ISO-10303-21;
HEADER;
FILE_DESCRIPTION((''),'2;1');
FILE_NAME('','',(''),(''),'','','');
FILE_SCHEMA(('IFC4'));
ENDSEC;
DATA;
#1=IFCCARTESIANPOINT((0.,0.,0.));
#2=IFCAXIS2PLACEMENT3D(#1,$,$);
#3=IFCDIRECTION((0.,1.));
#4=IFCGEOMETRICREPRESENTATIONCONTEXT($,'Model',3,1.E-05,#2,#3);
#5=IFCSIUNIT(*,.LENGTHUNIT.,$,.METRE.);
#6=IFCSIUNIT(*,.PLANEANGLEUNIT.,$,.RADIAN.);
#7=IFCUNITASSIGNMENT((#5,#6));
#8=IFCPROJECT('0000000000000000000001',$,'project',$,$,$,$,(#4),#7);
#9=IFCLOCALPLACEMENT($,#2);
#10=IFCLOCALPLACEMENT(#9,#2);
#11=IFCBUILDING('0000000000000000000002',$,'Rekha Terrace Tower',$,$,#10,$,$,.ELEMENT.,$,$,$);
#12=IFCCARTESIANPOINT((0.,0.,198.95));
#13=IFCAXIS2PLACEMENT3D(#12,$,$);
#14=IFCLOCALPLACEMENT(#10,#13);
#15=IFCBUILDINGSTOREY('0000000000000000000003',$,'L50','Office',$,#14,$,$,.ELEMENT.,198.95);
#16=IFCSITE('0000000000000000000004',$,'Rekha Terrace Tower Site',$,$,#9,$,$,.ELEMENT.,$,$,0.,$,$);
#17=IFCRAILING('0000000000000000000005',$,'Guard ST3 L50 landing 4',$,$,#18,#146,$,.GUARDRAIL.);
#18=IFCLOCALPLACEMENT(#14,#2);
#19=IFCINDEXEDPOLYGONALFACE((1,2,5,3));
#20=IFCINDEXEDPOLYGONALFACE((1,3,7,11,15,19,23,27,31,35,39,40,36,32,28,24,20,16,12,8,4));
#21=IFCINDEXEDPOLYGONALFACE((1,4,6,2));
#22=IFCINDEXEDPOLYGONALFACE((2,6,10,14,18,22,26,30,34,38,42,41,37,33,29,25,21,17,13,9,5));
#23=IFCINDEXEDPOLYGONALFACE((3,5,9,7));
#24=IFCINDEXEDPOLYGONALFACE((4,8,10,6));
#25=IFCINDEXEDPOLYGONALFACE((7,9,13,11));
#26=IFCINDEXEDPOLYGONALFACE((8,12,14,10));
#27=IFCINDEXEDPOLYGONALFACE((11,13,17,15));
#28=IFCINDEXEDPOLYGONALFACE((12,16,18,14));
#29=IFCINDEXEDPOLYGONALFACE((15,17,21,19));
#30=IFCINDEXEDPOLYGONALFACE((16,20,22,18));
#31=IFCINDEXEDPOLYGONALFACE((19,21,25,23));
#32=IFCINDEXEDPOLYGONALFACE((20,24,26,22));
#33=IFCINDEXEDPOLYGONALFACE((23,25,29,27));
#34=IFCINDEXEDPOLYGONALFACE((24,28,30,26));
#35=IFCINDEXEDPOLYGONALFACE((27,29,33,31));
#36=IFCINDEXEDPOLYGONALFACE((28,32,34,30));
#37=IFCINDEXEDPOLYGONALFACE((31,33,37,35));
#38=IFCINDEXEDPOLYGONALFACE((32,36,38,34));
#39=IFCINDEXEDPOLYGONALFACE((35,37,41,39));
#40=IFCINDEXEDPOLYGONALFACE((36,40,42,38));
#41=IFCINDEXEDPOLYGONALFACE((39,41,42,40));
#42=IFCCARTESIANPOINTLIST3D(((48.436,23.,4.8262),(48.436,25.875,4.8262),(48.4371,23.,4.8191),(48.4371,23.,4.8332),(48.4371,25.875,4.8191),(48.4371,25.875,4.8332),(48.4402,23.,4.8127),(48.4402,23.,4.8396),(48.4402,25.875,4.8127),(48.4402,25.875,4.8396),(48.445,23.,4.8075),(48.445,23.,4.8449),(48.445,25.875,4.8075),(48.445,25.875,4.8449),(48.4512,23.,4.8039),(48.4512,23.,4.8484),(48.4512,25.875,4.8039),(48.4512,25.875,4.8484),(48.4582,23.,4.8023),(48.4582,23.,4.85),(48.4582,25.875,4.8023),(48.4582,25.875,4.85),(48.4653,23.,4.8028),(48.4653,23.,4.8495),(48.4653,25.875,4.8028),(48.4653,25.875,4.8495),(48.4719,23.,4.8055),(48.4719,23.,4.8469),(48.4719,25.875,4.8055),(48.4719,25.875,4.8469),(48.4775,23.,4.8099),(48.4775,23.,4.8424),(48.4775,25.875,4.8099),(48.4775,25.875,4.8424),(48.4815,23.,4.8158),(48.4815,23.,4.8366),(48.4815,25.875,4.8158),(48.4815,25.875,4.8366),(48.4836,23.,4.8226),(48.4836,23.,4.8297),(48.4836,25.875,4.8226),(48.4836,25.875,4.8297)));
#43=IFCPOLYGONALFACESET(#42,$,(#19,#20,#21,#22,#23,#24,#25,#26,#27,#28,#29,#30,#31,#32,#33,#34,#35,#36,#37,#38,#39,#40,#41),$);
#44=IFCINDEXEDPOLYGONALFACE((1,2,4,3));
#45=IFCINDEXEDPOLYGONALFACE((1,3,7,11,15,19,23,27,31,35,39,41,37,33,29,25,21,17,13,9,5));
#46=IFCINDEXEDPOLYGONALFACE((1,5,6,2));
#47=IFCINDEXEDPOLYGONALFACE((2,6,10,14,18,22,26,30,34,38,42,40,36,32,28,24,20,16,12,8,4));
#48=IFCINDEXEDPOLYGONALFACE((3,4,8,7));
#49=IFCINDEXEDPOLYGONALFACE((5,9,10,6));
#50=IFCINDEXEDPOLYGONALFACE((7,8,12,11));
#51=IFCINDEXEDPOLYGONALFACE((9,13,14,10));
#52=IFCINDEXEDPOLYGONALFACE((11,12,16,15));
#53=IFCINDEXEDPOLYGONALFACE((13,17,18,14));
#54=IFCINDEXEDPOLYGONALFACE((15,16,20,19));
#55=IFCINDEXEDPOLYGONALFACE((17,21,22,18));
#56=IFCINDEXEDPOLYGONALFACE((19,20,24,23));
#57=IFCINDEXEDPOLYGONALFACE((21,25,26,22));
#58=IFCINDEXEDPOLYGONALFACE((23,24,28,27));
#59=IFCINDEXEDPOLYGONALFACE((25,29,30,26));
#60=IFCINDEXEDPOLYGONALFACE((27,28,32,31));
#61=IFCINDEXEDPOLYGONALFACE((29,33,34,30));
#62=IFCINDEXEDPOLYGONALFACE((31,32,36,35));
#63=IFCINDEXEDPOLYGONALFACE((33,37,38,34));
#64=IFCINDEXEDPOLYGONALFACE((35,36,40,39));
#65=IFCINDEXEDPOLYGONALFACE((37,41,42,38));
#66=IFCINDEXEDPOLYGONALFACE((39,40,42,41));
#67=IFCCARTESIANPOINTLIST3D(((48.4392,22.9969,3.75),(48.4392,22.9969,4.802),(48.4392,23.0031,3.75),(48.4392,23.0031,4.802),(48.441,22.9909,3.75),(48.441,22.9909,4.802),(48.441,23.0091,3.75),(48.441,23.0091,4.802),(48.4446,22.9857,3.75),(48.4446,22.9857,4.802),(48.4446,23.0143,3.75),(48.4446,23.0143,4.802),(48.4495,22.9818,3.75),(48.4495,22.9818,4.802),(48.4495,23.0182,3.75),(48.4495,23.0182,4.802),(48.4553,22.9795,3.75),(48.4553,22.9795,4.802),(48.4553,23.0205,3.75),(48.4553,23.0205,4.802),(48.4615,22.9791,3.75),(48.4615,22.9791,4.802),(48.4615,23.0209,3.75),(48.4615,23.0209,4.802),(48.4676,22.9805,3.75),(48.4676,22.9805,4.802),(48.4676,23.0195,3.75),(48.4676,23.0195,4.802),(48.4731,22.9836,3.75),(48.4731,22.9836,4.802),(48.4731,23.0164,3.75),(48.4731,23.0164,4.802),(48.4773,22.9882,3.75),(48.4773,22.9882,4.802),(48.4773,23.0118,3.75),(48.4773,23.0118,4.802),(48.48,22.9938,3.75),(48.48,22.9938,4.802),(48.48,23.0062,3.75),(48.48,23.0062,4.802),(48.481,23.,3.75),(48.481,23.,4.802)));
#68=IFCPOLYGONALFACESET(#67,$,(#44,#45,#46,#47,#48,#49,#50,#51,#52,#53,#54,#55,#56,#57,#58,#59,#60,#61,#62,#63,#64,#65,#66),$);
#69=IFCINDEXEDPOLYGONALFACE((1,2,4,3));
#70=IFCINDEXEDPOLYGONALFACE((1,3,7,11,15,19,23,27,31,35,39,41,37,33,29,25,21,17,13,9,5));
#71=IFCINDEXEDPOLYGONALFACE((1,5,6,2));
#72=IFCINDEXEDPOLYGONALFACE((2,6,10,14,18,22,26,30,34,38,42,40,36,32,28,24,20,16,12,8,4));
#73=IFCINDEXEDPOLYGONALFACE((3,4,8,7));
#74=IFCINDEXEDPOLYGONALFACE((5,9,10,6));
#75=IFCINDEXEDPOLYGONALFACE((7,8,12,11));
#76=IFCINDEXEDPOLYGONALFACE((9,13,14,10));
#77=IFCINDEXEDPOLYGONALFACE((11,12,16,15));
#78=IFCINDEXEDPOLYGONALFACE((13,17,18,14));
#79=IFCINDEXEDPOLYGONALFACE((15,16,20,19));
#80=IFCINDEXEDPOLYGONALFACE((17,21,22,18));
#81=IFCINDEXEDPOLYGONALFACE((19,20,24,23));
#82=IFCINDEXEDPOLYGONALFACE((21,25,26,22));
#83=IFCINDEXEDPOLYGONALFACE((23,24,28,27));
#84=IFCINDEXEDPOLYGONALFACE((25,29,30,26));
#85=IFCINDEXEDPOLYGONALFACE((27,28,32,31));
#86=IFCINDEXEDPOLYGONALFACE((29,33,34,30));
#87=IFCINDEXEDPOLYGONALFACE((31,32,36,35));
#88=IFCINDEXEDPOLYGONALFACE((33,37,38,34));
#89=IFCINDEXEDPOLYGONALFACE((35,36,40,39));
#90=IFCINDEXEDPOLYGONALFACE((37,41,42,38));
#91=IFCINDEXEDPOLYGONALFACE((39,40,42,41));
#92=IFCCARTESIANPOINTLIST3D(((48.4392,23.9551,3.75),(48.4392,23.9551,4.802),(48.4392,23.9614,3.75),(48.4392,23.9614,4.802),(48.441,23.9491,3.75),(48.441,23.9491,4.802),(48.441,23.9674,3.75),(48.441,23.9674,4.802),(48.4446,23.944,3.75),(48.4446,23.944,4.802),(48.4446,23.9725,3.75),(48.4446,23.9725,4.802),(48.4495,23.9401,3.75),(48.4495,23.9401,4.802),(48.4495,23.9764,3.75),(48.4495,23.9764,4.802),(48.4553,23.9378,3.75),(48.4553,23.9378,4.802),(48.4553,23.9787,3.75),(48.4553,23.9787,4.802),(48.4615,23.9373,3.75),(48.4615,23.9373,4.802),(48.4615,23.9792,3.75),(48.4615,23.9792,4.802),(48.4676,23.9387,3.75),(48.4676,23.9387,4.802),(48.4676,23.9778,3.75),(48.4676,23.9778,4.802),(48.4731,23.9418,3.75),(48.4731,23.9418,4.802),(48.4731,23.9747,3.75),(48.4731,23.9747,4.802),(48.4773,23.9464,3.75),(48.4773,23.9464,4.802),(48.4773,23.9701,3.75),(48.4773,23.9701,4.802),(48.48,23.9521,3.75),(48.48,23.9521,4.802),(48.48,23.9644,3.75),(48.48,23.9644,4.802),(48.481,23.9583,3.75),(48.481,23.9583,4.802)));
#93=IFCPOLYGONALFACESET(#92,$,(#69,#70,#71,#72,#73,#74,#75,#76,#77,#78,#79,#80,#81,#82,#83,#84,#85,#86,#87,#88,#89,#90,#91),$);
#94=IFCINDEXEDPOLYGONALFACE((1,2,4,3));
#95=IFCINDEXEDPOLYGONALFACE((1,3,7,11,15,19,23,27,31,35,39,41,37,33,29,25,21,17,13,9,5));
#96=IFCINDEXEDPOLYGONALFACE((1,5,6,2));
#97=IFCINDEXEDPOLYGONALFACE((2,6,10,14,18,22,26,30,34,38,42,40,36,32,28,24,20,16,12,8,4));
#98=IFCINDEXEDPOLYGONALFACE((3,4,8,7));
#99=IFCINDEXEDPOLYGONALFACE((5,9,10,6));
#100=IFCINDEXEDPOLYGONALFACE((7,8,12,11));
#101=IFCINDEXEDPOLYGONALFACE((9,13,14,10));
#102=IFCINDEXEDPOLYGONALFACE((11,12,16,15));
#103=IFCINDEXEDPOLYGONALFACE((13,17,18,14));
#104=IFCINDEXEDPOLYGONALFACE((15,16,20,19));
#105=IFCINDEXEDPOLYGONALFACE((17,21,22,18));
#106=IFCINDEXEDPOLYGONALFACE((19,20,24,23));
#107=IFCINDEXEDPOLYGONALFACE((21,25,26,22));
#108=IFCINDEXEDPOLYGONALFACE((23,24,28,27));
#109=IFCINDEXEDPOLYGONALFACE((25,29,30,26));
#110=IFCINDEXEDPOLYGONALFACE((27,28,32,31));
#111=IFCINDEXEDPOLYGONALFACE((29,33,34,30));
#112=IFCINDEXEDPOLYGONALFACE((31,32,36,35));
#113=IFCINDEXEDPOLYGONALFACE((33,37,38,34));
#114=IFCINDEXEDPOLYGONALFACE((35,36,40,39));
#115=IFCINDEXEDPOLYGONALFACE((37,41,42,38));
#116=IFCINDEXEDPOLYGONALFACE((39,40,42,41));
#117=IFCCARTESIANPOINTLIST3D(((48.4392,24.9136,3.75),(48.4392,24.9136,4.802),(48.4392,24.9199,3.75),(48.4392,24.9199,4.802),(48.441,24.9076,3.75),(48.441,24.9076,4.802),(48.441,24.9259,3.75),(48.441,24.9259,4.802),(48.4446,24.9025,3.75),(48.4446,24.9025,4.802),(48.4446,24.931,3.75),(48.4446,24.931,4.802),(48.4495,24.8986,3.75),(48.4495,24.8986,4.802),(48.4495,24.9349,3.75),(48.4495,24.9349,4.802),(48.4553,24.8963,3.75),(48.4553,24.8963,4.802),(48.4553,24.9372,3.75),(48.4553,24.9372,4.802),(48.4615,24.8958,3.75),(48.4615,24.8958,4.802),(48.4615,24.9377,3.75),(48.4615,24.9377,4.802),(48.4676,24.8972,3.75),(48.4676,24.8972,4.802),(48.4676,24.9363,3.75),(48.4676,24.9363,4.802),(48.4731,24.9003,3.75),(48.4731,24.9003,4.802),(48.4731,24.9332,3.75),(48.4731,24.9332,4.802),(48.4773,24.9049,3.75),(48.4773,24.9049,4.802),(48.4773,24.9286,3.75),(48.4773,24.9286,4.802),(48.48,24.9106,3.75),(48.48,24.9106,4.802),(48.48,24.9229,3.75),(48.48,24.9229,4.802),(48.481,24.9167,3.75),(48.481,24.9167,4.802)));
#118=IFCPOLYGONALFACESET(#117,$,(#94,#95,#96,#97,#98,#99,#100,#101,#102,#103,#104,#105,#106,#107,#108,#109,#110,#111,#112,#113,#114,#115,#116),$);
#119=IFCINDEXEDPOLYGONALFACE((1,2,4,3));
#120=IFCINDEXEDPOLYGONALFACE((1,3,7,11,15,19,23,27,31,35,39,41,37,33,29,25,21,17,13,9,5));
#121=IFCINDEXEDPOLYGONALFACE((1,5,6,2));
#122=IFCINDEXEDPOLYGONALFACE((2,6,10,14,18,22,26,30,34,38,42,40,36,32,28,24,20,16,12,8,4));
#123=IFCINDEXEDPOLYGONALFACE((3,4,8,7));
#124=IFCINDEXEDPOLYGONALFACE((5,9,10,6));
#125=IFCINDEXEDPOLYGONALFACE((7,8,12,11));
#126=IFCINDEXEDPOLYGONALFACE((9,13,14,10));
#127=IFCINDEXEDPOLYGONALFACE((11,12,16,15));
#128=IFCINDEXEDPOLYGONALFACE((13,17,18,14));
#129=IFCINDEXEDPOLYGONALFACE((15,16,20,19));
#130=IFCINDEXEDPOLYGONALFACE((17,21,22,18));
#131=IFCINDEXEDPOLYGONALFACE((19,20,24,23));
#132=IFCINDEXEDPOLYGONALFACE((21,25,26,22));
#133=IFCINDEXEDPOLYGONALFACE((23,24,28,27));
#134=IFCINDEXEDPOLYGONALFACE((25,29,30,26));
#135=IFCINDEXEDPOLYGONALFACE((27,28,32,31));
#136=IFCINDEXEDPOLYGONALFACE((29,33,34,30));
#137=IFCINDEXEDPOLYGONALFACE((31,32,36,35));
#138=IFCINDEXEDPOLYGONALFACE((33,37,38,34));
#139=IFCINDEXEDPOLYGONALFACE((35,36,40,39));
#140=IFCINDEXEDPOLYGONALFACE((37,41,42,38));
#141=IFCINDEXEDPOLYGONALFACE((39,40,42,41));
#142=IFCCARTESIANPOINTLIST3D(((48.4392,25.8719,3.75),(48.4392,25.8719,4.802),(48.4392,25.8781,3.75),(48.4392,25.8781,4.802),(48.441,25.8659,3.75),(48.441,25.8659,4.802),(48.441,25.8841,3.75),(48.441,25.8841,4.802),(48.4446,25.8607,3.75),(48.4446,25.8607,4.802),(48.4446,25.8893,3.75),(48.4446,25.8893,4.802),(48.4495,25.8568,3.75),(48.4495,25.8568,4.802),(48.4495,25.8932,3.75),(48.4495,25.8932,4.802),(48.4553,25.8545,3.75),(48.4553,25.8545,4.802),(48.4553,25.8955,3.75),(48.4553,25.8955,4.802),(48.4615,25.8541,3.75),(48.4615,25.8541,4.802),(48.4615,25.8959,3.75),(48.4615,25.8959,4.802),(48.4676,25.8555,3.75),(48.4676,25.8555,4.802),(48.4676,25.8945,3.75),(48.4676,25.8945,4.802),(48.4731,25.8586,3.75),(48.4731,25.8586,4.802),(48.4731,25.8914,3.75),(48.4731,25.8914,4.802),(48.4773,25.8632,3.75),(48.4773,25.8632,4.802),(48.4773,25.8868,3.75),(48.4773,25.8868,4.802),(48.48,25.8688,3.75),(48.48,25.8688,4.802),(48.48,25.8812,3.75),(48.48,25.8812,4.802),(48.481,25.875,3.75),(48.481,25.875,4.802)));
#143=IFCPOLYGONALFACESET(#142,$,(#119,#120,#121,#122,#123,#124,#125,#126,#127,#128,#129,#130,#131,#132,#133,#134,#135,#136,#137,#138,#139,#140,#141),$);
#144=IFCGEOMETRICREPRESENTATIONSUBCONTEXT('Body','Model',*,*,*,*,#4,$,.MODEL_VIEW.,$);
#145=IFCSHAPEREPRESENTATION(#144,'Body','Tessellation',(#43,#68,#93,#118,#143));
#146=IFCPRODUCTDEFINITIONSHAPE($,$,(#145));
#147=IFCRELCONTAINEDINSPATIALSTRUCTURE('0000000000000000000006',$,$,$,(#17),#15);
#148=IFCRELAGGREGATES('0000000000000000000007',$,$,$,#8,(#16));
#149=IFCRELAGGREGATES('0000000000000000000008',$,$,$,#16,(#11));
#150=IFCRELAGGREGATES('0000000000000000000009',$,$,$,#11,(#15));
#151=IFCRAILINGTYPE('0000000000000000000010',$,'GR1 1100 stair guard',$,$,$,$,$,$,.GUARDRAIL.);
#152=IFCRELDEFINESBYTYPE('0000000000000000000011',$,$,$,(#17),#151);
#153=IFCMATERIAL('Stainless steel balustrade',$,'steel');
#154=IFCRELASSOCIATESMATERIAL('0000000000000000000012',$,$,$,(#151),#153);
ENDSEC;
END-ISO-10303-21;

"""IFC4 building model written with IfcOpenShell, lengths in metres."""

from ifc_helpers import new_model, si_unit, direction, frame, origin, origin_2d, place, context, subcontext, project, spatial, circle, extrude, material, type_object, element, save


model = new_model("IFC4")

# Units and contexts
model_context = context("Model", 3, precision=1e-05, world=origin(), true_north=direction((0.0, 1.0)))
body_context = subcontext(model_context, "Body", "Model", "MODEL_VIEW")
ifc_project = project(units=[si_unit("LENGTHUNIT", "METRE"), si_unit("PLANEANGLEUNIT", "RADIAN")], contexts=[model_context])

# Site, building, storey
site_placement = place(None, origin())
site = spatial("IfcSite", under=ifc_project, at=site_placement, Name="Rekha Terrace Tower Site", CompositionType="ELEMENT", RefElevation=0.0)
building_placement = place(site_placement, origin())
building = spatial("IfcBuilding", under=site, at=building_placement, Name="Rekha Terrace Tower", CompositionType="ELEMENT")
storey_placement = place(building_placement, frame((0.0, 0.0, 198.95)))
storey = spatial("IfcBuildingStorey", under=building, at=storey_placement, Name="L50", Description="Office", CompositionType="ELEMENT", Elevation=198.95)

# Railing
ifc_material_1 = material(Name="Stainless steel balustrade", Category="steel")
railing_type_1 = type_object("IfcRailingType", Name="GR1 1100 stair guard", PredefinedType="GUARDRAIL", material=ifc_material_1)
railing_1_placement = place(storey_placement, frame((48.46, 23.0, 3.75)))
element("IfcRailing", 1, at=railing_1_placement, inside=storey, type_object=railing_type_1, Name="Guard ST3 L50 landing 4", PredefinedType="GUARDRAIL", context=body_context, shape_type="SweptSolid", body=[
    extrude(circle(Radius=0.0239, at=origin_2d()), frame((0.0, 0.0, 1.0762), z_axis=(0.0, 1.0, 0.0), x_axis=(-1.0, 0.0, 0.0)), (0.0, 0.0, 1.0), 2.875),
    extrude(circle(Radius=0.021, at=origin_2d()), origin(), (0.0, 0.0, 1.0), 1.052),
    extrude(circle(Radius=0.021, at=origin_2d()), frame((0.0, 0.9583, 0.0)), (0.0, 0.0, 1.0), 1.052),
    extrude(circle(Radius=0.021, at=origin_2d()), frame((0.0, 1.9167, 0.0)), (0.0, 0.0, 1.0), 1.052),
    extrude(circle(Radius=0.021, at=origin_2d()), frame((0.0, 2.875, 0.0)), (0.0, 0.0, 1.0), 1.052),
])

save(model, "model.ifc")
